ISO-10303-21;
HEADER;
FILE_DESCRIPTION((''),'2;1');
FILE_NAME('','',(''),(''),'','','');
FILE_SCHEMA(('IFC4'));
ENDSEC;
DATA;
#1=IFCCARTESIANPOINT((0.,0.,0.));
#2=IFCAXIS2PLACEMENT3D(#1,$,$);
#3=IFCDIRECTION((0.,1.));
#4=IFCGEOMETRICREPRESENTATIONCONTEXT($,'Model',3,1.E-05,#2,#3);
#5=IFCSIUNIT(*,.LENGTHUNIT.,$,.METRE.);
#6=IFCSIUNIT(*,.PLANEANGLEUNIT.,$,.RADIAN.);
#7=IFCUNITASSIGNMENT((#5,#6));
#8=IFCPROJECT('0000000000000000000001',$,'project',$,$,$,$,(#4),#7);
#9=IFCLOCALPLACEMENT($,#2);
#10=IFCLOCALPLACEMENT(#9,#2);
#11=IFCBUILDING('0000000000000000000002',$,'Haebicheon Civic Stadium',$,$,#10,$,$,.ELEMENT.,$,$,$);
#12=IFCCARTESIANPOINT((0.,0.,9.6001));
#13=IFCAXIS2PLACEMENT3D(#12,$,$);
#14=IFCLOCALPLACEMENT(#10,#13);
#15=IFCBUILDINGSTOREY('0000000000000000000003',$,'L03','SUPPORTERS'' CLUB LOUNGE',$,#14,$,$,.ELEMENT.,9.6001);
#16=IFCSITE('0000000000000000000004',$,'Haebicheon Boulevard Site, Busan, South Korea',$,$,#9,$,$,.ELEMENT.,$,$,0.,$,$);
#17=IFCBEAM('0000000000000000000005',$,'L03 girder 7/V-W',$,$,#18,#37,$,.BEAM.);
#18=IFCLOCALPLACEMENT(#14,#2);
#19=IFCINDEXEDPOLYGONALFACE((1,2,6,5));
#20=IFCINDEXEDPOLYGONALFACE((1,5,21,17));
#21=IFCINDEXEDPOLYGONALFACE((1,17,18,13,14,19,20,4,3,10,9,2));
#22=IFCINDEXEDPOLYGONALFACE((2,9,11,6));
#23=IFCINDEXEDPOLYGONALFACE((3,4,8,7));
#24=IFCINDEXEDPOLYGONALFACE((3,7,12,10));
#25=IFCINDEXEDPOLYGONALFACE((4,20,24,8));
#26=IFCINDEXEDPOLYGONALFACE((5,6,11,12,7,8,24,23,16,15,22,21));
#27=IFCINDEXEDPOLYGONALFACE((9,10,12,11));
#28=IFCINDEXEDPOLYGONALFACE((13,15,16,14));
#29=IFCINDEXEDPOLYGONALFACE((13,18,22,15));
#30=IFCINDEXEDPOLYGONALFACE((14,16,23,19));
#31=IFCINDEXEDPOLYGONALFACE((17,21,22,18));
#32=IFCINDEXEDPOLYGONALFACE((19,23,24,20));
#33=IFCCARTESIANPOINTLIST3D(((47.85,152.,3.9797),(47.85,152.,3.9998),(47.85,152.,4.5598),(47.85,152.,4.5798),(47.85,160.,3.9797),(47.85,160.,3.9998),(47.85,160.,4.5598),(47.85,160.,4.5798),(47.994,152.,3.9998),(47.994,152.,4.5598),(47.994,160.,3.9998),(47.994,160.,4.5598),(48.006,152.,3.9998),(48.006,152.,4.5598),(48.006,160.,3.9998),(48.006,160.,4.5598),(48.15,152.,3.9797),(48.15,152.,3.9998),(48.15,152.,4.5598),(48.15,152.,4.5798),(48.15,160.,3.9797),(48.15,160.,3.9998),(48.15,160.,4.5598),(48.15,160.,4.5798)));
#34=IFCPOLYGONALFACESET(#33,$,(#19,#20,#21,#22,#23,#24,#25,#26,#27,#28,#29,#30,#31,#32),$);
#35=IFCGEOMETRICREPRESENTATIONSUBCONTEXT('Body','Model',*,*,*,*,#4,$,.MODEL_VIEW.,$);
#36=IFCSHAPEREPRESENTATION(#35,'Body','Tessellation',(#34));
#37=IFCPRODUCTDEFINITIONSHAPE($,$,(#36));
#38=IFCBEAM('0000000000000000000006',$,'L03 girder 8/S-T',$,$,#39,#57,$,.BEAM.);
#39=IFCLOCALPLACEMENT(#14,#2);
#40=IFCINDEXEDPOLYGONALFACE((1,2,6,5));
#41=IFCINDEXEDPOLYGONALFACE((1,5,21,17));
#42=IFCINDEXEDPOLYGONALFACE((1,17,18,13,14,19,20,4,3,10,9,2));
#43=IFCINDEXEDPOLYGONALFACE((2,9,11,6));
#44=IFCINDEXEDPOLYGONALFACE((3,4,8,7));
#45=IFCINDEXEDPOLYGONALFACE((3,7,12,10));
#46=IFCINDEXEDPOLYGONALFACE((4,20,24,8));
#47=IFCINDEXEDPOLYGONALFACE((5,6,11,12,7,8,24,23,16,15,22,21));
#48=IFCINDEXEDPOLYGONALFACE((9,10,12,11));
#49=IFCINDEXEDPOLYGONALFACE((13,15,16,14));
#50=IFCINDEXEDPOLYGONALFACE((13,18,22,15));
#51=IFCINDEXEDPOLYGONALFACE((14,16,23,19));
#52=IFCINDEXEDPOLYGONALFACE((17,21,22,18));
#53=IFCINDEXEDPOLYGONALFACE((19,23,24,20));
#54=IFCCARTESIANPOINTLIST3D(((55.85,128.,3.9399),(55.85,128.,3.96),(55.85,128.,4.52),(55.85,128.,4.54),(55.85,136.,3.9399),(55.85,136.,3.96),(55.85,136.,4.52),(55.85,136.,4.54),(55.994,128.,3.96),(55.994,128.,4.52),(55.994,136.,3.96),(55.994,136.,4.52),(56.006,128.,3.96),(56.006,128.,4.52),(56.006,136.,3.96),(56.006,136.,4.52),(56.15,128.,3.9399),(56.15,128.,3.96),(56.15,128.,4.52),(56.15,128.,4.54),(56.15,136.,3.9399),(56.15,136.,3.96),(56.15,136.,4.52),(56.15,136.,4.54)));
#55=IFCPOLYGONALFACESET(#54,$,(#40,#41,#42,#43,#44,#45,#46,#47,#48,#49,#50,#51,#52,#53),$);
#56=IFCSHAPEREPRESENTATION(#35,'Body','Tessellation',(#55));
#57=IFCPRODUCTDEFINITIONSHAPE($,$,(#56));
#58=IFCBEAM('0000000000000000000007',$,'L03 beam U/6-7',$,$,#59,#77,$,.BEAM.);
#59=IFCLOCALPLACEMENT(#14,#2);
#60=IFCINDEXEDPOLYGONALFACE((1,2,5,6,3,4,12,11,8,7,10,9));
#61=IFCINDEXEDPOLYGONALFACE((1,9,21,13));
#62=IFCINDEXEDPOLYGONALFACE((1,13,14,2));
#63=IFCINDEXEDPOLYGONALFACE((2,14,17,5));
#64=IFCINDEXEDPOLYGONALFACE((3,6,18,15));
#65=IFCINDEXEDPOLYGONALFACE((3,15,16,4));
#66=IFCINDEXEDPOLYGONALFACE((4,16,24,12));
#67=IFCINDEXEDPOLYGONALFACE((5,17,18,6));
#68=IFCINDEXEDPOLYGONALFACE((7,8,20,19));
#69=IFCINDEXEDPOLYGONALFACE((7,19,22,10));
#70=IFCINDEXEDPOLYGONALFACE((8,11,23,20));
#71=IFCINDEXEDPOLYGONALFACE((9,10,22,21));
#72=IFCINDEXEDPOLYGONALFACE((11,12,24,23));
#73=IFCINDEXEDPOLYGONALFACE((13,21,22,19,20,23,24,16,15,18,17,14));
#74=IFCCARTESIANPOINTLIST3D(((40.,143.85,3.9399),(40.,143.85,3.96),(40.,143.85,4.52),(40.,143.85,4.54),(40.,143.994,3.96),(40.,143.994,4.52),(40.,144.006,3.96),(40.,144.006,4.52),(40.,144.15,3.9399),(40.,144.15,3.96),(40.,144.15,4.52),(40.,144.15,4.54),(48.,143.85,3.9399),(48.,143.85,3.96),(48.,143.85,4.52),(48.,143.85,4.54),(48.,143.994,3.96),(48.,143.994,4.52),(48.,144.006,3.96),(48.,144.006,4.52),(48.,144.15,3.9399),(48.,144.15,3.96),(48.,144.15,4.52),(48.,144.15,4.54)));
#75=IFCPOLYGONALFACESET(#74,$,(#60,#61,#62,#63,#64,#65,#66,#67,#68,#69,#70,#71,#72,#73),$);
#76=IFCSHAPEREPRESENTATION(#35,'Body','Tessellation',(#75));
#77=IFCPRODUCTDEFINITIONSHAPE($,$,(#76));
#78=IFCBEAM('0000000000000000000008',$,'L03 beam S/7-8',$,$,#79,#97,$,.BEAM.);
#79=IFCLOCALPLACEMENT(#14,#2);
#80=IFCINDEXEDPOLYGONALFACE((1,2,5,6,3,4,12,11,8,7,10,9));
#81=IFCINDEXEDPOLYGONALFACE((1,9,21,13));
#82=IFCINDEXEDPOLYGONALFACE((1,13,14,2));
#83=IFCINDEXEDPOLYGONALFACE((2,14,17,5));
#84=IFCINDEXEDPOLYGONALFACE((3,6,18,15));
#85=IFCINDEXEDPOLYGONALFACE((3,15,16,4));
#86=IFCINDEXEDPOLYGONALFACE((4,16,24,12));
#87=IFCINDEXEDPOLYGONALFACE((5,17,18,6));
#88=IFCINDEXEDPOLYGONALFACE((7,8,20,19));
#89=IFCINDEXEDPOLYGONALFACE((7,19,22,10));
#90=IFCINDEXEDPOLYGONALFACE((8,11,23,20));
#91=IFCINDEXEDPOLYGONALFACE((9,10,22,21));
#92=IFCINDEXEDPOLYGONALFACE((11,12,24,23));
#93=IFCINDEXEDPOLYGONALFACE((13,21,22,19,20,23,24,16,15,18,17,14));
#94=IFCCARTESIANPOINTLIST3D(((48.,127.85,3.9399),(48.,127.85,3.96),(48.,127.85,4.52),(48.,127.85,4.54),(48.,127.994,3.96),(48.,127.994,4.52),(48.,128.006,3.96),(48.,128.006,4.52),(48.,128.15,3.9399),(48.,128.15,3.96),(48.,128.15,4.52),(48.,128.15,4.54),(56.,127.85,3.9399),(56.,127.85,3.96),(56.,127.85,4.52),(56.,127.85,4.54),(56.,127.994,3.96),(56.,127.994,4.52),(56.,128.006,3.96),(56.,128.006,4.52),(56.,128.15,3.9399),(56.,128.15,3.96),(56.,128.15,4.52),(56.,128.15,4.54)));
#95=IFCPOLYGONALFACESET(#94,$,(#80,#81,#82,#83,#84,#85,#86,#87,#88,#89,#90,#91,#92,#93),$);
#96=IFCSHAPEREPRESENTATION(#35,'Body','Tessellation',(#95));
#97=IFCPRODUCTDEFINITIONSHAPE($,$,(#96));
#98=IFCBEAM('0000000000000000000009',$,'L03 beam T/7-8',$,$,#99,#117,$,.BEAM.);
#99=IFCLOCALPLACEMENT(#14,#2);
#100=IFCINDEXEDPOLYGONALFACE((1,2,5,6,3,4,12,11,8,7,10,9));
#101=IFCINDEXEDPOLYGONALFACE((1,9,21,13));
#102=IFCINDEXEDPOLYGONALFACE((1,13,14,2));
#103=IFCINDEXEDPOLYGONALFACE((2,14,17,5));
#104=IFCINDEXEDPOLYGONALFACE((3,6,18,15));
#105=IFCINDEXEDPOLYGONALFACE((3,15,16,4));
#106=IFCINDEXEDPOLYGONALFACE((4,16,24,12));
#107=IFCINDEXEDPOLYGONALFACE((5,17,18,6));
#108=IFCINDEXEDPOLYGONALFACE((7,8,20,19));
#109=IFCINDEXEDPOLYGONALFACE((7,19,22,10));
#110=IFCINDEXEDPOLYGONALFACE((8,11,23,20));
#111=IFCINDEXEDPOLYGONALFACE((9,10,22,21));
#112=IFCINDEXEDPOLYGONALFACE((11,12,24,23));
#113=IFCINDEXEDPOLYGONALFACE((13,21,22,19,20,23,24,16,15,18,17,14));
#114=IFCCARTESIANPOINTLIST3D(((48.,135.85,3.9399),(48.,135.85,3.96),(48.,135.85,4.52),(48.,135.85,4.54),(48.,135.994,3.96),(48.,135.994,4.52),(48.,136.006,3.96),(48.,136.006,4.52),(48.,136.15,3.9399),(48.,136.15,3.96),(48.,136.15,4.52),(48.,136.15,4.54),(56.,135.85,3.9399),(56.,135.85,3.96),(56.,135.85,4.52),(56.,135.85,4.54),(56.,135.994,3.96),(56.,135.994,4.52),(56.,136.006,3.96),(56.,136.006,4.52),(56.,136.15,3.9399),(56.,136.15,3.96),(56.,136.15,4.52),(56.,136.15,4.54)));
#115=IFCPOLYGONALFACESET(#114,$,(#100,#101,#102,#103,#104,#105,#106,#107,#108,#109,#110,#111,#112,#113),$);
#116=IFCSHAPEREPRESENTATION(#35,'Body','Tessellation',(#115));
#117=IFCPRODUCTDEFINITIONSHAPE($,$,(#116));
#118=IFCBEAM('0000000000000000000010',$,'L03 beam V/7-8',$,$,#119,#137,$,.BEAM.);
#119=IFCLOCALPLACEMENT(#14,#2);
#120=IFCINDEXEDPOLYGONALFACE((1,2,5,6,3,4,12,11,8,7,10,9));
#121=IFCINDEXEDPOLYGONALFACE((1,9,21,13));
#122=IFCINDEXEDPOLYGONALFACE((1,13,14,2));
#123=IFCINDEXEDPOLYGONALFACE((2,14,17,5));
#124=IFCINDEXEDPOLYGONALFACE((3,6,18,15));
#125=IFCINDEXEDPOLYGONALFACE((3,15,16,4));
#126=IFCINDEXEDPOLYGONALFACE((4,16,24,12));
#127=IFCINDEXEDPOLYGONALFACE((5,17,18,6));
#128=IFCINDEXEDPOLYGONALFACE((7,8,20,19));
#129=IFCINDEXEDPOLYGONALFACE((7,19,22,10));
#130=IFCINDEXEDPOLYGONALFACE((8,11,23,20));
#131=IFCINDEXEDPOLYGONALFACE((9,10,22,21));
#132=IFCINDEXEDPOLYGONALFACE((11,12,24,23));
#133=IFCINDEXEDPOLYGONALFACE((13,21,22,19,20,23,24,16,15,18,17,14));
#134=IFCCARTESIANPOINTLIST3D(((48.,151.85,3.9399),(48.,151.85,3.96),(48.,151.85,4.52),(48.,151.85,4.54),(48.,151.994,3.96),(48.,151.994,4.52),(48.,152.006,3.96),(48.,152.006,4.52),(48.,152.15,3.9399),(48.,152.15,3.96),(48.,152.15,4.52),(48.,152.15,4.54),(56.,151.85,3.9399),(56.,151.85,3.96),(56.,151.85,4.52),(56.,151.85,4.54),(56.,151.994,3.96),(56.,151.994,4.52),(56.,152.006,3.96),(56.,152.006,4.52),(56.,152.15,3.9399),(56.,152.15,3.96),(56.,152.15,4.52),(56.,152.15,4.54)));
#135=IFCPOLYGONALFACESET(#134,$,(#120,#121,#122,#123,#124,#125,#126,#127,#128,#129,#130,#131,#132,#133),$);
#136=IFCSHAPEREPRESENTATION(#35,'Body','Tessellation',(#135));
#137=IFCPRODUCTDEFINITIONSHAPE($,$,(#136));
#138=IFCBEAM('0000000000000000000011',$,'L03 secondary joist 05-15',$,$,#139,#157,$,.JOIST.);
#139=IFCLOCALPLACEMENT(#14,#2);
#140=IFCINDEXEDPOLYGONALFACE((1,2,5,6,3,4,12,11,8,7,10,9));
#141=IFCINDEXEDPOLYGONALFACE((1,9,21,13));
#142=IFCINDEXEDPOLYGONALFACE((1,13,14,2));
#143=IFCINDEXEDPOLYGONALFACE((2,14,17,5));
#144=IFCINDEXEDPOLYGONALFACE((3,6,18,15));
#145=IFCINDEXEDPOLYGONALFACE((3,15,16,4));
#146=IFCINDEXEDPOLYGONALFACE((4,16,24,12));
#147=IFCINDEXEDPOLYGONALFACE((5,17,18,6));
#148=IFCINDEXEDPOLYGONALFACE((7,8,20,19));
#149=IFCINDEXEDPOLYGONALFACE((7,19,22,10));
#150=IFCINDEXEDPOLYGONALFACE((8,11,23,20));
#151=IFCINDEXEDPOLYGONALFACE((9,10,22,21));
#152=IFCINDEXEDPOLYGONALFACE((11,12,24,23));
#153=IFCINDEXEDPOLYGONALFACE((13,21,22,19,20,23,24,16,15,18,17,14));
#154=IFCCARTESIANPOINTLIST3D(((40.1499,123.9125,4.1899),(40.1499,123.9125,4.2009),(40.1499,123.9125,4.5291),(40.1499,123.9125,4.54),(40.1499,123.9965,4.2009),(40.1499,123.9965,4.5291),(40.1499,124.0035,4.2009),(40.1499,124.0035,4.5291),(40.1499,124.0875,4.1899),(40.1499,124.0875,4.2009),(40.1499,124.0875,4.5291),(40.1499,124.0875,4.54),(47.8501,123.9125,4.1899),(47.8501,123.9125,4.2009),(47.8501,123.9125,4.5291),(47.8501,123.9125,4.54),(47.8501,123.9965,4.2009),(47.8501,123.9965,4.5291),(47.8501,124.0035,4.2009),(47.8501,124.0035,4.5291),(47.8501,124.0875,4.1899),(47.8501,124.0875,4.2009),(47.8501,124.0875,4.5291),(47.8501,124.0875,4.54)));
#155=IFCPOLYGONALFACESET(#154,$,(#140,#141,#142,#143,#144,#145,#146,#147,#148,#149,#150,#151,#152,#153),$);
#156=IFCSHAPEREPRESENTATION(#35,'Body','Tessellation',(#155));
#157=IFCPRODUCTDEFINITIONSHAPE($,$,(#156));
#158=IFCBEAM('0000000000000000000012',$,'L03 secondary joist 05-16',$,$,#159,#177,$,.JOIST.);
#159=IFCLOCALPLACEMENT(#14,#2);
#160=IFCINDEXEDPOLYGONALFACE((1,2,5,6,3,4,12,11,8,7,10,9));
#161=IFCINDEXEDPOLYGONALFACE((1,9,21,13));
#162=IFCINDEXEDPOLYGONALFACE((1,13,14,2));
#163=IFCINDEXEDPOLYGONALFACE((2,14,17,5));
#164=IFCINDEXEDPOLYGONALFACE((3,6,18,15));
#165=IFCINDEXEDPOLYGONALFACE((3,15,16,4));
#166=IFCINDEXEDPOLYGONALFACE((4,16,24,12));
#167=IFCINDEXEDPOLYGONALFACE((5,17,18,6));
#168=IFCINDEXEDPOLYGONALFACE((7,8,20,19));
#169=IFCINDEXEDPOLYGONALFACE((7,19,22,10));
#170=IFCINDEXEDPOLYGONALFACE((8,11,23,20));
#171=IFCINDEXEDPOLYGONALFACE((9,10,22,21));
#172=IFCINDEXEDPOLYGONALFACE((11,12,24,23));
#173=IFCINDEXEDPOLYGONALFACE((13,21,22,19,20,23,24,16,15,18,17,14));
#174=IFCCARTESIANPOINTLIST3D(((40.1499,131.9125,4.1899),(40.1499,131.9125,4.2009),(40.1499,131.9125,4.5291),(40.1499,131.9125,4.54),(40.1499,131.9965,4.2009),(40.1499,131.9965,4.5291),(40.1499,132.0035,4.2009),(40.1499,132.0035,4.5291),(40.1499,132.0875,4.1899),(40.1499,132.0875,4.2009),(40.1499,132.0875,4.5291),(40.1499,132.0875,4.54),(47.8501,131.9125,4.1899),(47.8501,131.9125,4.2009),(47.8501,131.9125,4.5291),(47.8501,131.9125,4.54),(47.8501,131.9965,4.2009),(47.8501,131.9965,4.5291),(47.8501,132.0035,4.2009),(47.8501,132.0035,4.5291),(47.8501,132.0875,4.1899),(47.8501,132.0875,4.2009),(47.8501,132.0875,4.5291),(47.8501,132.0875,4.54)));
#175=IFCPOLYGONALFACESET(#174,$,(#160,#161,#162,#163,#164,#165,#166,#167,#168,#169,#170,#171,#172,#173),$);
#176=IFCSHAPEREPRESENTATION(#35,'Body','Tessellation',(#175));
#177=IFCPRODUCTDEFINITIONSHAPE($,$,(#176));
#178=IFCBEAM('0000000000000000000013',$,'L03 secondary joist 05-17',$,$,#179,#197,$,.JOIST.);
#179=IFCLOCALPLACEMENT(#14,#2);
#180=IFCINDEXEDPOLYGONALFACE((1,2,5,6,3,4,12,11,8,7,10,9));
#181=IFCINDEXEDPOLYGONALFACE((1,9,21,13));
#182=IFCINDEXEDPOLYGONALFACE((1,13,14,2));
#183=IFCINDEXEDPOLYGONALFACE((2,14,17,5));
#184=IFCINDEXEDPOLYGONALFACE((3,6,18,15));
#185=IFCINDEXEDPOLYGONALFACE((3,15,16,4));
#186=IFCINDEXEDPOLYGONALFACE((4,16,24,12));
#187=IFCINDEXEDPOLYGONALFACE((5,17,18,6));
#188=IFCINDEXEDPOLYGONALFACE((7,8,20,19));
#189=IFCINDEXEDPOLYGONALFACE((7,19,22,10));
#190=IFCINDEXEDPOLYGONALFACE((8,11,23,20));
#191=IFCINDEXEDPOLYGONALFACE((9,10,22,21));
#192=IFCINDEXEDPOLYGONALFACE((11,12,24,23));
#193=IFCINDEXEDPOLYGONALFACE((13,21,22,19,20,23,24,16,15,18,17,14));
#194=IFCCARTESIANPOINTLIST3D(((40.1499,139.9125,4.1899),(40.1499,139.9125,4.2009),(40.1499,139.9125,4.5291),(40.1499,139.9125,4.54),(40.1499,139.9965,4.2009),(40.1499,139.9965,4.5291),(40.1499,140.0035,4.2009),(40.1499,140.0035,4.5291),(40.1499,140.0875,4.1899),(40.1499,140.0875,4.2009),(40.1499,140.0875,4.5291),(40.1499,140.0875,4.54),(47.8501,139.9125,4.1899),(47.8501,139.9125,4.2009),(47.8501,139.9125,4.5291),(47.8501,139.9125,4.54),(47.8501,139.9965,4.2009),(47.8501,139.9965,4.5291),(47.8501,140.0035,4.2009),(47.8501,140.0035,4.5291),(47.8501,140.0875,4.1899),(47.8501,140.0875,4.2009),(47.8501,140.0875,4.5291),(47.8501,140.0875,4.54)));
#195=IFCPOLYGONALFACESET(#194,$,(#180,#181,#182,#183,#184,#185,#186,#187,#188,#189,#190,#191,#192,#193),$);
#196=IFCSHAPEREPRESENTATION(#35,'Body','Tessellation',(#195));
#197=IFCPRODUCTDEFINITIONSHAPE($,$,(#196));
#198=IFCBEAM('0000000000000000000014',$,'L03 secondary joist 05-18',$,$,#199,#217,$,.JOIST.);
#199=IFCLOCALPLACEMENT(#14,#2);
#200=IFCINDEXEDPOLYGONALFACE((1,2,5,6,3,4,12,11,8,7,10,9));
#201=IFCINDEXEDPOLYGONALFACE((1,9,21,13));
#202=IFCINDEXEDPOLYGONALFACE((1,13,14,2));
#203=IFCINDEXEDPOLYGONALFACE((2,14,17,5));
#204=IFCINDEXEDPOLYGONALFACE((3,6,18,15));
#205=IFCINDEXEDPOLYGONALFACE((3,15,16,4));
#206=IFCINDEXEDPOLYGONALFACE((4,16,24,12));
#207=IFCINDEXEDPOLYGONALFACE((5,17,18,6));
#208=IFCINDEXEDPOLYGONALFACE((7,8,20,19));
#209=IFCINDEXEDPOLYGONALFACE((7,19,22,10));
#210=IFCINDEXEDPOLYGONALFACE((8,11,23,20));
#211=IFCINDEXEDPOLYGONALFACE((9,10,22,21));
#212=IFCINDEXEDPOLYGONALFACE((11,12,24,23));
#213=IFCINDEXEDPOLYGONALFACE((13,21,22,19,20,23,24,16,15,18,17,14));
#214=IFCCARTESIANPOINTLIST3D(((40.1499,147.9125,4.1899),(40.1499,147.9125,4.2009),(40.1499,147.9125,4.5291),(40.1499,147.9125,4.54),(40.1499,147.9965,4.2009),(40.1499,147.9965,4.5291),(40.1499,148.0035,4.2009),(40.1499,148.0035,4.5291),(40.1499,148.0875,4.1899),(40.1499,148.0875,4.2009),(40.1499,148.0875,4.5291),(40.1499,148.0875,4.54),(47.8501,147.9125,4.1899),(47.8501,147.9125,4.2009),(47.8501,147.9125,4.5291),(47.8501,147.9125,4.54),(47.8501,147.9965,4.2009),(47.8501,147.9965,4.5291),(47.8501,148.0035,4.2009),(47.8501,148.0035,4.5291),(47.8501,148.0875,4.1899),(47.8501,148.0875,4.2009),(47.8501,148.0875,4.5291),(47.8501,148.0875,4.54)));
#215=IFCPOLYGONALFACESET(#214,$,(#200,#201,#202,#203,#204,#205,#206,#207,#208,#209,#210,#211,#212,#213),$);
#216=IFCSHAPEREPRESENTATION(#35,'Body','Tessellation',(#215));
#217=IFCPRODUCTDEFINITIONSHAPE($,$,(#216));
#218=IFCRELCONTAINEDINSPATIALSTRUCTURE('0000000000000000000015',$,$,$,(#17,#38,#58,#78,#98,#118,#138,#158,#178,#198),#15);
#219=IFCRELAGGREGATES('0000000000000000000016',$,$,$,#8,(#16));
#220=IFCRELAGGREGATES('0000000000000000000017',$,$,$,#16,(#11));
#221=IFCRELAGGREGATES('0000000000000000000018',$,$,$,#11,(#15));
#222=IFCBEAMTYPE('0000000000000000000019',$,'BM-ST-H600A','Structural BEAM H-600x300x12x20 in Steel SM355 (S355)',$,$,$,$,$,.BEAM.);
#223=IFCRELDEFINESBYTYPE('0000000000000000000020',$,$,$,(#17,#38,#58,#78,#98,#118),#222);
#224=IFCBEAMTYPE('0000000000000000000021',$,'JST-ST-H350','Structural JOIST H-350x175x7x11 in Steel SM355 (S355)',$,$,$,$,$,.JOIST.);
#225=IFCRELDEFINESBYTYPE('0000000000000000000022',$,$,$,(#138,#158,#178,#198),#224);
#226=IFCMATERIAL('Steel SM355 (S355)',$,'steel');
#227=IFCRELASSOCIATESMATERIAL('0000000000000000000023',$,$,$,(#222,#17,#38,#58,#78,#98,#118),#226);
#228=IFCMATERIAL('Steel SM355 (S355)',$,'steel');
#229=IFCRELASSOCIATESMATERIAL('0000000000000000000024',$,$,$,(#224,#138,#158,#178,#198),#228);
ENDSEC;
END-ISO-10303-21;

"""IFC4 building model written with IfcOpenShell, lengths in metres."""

from ifc_helpers import new_model, si_unit, direction, frame, origin, origin_2d, place, context, subcontext, project, spatial, i_section, extrude, material, material_profile, profile_set, type_object, element, save


model = new_model("IFC4")

# Units and contexts
model_context = context("Model", 3, precision=1e-05, world=origin(), true_north=direction((0.0, 1.0)))
body_context = subcontext(model_context, "Body", "Model", "MODEL_VIEW")
ifc_project = project(units=[si_unit("LENGTHUNIT", "METRE"), si_unit("PLANEANGLEUNIT", "RADIAN")], contexts=[model_context])

# Site, building, storey
site_placement = place(None, origin())
site = spatial("IfcSite", under=ifc_project, at=site_placement, Name="Haebicheon Boulevard Site, Busan, South Korea", CompositionType="ELEMENT", RefElevation=0.0)
building_placement = place(site_placement, origin())
building = spatial("IfcBuilding", under=site, at=building_placement, Name="Haebicheon Civic Stadium", CompositionType="ELEMENT")
storey_placement = place(building_placement, frame((0.0, 0.0, 9.6001)))
storey = spatial("IfcBuildingStorey", under=building, at=storey_placement, Name="L03", Description="SUPPORTERS' CLUB LOUNGE", CompositionType="ELEMENT", Elevation=9.6001)

# Beams
ifc_material_1 = material(Name="Steel SM355 (S355)", Category="steel")
ifc_material_profile_1 = material_profile(ifc_material_1, i_section(OverallWidth=0.3, OverallDepth=0.6001, WebThickness=0.012, FlangeThickness=0.02, at=origin_2d()), Name="H-600x300x12x20")
ifc_profile_set_1 = profile_set([ifc_material_profile_1], Name="Steel SM355 (S355)")
beam_type_1 = type_object("IfcBeamType", Name="BM-ST-H600A", Description="Structural BEAM H-600x300x12x20 in Steel SM355 (S355)", PredefinedType="BEAM", material=ifc_profile_set_1)
for number, where, z_axis, x_axis, name in (
    (1, (48.0, 152.0, 4.2798), (0.0, 1.0, 0.0), (-1.0, 0.0, 0.0), "L03 girder 7/V-W"),
    (2, (56.0, 128.0, 4.24), (0.0, 1.0, 0.0), (-1.0, 0.0, 0.0), "L03 girder 8/S-T"),
    (3, (40.0, 144.0, 4.24), (1.0, 0.0, 0.0), (0.0, 1.0, 0.0), "L03 beam U/6-7"),
    (4, (48.0, 128.0, 4.24), (1.0, 0.0, 0.0), (0.0, 1.0, 0.0), "L03 beam S/7-8"),
    (5, (48.0, 136.0, 4.24), (1.0, 0.0, 0.0), (0.0, 1.0, 0.0), "L03 beam T/7-8"),
    (6, (48.0, 152.0, 4.24), (1.0, 0.0, 0.0), (0.0, 1.0, 0.0), "L03 beam V/7-8"),
):
    element("IfcBeam", number, at=place(storey_placement, frame(where, z_axis=z_axis, x_axis=x_axis)), inside=storey, type_object=beam_type_1, material=ifc_profile_set_1, Name=name, PredefinedType="BEAM", context=body_context, shape_type="SweptSolid", body=[
        extrude(i_section(OverallWidth=0.3, OverallDepth=0.6001, WebThickness=0.012, FlangeThickness=0.02, at=origin_2d()), origin(), (0.0, 0.0, 1.0), 8.0),
    ])
ifc_material_2 = material(Name="Steel SM355 (S355)", Category="steel")
ifc_material_profile_2 = material_profile(ifc_material_2, i_section(OverallWidth=0.175, OverallDepth=0.3501, WebThickness=0.0071, FlangeThickness=0.011, at=origin_2d()), Name="H-350x175x7x11")
ifc_profile_set_2 = profile_set([ifc_material_profile_2], Name="Steel SM355 (S355)")
beam_type_2 = type_object("IfcBeamType", Name="JST-ST-H350", Description="Structural JOIST H-350x175x7x11 in Steel SM355 (S355)", PredefinedType="JOIST", material=ifc_profile_set_2)
for number, where, z_axis, x_axis, name in (
    (7, (40.1499, 124.0, 4.365), (1.0, 0.0, 0.0), (0.0, 1.0, 0.0), "L03 secondary joist 05-15"),
    (8, (40.1499, 132.0, 4.365), (1.0, 0.0, 0.0), (0.0, 1.0, 0.0), "L03 secondary joist 05-16"),
    (9, (40.1499, 140.0, 4.365), (1.0, 0.0, 0.0), (0.0, 1.0, 0.0), "L03 secondary joist 05-17"),
    (10, (40.1499, 148.0, 4.365), (1.0, 0.0, 0.0), (0.0, 1.0, 0.0), "L03 secondary joist 05-18"),
):
    element("IfcBeam", number, at=place(storey_placement, frame(where, z_axis=z_axis, x_axis=x_axis)), inside=storey, type_object=beam_type_2, material=ifc_profile_set_2, Name=name, PredefinedType="JOIST", context=body_context, shape_type="SweptSolid", body=[
        extrude(i_section(OverallWidth=0.175, OverallDepth=0.3501, WebThickness=0.0071, FlangeThickness=0.011, at=origin_2d()), origin(), (0.0, 0.0, 1.0), 7.7002),
    ])

save(model, "model.ifc")
